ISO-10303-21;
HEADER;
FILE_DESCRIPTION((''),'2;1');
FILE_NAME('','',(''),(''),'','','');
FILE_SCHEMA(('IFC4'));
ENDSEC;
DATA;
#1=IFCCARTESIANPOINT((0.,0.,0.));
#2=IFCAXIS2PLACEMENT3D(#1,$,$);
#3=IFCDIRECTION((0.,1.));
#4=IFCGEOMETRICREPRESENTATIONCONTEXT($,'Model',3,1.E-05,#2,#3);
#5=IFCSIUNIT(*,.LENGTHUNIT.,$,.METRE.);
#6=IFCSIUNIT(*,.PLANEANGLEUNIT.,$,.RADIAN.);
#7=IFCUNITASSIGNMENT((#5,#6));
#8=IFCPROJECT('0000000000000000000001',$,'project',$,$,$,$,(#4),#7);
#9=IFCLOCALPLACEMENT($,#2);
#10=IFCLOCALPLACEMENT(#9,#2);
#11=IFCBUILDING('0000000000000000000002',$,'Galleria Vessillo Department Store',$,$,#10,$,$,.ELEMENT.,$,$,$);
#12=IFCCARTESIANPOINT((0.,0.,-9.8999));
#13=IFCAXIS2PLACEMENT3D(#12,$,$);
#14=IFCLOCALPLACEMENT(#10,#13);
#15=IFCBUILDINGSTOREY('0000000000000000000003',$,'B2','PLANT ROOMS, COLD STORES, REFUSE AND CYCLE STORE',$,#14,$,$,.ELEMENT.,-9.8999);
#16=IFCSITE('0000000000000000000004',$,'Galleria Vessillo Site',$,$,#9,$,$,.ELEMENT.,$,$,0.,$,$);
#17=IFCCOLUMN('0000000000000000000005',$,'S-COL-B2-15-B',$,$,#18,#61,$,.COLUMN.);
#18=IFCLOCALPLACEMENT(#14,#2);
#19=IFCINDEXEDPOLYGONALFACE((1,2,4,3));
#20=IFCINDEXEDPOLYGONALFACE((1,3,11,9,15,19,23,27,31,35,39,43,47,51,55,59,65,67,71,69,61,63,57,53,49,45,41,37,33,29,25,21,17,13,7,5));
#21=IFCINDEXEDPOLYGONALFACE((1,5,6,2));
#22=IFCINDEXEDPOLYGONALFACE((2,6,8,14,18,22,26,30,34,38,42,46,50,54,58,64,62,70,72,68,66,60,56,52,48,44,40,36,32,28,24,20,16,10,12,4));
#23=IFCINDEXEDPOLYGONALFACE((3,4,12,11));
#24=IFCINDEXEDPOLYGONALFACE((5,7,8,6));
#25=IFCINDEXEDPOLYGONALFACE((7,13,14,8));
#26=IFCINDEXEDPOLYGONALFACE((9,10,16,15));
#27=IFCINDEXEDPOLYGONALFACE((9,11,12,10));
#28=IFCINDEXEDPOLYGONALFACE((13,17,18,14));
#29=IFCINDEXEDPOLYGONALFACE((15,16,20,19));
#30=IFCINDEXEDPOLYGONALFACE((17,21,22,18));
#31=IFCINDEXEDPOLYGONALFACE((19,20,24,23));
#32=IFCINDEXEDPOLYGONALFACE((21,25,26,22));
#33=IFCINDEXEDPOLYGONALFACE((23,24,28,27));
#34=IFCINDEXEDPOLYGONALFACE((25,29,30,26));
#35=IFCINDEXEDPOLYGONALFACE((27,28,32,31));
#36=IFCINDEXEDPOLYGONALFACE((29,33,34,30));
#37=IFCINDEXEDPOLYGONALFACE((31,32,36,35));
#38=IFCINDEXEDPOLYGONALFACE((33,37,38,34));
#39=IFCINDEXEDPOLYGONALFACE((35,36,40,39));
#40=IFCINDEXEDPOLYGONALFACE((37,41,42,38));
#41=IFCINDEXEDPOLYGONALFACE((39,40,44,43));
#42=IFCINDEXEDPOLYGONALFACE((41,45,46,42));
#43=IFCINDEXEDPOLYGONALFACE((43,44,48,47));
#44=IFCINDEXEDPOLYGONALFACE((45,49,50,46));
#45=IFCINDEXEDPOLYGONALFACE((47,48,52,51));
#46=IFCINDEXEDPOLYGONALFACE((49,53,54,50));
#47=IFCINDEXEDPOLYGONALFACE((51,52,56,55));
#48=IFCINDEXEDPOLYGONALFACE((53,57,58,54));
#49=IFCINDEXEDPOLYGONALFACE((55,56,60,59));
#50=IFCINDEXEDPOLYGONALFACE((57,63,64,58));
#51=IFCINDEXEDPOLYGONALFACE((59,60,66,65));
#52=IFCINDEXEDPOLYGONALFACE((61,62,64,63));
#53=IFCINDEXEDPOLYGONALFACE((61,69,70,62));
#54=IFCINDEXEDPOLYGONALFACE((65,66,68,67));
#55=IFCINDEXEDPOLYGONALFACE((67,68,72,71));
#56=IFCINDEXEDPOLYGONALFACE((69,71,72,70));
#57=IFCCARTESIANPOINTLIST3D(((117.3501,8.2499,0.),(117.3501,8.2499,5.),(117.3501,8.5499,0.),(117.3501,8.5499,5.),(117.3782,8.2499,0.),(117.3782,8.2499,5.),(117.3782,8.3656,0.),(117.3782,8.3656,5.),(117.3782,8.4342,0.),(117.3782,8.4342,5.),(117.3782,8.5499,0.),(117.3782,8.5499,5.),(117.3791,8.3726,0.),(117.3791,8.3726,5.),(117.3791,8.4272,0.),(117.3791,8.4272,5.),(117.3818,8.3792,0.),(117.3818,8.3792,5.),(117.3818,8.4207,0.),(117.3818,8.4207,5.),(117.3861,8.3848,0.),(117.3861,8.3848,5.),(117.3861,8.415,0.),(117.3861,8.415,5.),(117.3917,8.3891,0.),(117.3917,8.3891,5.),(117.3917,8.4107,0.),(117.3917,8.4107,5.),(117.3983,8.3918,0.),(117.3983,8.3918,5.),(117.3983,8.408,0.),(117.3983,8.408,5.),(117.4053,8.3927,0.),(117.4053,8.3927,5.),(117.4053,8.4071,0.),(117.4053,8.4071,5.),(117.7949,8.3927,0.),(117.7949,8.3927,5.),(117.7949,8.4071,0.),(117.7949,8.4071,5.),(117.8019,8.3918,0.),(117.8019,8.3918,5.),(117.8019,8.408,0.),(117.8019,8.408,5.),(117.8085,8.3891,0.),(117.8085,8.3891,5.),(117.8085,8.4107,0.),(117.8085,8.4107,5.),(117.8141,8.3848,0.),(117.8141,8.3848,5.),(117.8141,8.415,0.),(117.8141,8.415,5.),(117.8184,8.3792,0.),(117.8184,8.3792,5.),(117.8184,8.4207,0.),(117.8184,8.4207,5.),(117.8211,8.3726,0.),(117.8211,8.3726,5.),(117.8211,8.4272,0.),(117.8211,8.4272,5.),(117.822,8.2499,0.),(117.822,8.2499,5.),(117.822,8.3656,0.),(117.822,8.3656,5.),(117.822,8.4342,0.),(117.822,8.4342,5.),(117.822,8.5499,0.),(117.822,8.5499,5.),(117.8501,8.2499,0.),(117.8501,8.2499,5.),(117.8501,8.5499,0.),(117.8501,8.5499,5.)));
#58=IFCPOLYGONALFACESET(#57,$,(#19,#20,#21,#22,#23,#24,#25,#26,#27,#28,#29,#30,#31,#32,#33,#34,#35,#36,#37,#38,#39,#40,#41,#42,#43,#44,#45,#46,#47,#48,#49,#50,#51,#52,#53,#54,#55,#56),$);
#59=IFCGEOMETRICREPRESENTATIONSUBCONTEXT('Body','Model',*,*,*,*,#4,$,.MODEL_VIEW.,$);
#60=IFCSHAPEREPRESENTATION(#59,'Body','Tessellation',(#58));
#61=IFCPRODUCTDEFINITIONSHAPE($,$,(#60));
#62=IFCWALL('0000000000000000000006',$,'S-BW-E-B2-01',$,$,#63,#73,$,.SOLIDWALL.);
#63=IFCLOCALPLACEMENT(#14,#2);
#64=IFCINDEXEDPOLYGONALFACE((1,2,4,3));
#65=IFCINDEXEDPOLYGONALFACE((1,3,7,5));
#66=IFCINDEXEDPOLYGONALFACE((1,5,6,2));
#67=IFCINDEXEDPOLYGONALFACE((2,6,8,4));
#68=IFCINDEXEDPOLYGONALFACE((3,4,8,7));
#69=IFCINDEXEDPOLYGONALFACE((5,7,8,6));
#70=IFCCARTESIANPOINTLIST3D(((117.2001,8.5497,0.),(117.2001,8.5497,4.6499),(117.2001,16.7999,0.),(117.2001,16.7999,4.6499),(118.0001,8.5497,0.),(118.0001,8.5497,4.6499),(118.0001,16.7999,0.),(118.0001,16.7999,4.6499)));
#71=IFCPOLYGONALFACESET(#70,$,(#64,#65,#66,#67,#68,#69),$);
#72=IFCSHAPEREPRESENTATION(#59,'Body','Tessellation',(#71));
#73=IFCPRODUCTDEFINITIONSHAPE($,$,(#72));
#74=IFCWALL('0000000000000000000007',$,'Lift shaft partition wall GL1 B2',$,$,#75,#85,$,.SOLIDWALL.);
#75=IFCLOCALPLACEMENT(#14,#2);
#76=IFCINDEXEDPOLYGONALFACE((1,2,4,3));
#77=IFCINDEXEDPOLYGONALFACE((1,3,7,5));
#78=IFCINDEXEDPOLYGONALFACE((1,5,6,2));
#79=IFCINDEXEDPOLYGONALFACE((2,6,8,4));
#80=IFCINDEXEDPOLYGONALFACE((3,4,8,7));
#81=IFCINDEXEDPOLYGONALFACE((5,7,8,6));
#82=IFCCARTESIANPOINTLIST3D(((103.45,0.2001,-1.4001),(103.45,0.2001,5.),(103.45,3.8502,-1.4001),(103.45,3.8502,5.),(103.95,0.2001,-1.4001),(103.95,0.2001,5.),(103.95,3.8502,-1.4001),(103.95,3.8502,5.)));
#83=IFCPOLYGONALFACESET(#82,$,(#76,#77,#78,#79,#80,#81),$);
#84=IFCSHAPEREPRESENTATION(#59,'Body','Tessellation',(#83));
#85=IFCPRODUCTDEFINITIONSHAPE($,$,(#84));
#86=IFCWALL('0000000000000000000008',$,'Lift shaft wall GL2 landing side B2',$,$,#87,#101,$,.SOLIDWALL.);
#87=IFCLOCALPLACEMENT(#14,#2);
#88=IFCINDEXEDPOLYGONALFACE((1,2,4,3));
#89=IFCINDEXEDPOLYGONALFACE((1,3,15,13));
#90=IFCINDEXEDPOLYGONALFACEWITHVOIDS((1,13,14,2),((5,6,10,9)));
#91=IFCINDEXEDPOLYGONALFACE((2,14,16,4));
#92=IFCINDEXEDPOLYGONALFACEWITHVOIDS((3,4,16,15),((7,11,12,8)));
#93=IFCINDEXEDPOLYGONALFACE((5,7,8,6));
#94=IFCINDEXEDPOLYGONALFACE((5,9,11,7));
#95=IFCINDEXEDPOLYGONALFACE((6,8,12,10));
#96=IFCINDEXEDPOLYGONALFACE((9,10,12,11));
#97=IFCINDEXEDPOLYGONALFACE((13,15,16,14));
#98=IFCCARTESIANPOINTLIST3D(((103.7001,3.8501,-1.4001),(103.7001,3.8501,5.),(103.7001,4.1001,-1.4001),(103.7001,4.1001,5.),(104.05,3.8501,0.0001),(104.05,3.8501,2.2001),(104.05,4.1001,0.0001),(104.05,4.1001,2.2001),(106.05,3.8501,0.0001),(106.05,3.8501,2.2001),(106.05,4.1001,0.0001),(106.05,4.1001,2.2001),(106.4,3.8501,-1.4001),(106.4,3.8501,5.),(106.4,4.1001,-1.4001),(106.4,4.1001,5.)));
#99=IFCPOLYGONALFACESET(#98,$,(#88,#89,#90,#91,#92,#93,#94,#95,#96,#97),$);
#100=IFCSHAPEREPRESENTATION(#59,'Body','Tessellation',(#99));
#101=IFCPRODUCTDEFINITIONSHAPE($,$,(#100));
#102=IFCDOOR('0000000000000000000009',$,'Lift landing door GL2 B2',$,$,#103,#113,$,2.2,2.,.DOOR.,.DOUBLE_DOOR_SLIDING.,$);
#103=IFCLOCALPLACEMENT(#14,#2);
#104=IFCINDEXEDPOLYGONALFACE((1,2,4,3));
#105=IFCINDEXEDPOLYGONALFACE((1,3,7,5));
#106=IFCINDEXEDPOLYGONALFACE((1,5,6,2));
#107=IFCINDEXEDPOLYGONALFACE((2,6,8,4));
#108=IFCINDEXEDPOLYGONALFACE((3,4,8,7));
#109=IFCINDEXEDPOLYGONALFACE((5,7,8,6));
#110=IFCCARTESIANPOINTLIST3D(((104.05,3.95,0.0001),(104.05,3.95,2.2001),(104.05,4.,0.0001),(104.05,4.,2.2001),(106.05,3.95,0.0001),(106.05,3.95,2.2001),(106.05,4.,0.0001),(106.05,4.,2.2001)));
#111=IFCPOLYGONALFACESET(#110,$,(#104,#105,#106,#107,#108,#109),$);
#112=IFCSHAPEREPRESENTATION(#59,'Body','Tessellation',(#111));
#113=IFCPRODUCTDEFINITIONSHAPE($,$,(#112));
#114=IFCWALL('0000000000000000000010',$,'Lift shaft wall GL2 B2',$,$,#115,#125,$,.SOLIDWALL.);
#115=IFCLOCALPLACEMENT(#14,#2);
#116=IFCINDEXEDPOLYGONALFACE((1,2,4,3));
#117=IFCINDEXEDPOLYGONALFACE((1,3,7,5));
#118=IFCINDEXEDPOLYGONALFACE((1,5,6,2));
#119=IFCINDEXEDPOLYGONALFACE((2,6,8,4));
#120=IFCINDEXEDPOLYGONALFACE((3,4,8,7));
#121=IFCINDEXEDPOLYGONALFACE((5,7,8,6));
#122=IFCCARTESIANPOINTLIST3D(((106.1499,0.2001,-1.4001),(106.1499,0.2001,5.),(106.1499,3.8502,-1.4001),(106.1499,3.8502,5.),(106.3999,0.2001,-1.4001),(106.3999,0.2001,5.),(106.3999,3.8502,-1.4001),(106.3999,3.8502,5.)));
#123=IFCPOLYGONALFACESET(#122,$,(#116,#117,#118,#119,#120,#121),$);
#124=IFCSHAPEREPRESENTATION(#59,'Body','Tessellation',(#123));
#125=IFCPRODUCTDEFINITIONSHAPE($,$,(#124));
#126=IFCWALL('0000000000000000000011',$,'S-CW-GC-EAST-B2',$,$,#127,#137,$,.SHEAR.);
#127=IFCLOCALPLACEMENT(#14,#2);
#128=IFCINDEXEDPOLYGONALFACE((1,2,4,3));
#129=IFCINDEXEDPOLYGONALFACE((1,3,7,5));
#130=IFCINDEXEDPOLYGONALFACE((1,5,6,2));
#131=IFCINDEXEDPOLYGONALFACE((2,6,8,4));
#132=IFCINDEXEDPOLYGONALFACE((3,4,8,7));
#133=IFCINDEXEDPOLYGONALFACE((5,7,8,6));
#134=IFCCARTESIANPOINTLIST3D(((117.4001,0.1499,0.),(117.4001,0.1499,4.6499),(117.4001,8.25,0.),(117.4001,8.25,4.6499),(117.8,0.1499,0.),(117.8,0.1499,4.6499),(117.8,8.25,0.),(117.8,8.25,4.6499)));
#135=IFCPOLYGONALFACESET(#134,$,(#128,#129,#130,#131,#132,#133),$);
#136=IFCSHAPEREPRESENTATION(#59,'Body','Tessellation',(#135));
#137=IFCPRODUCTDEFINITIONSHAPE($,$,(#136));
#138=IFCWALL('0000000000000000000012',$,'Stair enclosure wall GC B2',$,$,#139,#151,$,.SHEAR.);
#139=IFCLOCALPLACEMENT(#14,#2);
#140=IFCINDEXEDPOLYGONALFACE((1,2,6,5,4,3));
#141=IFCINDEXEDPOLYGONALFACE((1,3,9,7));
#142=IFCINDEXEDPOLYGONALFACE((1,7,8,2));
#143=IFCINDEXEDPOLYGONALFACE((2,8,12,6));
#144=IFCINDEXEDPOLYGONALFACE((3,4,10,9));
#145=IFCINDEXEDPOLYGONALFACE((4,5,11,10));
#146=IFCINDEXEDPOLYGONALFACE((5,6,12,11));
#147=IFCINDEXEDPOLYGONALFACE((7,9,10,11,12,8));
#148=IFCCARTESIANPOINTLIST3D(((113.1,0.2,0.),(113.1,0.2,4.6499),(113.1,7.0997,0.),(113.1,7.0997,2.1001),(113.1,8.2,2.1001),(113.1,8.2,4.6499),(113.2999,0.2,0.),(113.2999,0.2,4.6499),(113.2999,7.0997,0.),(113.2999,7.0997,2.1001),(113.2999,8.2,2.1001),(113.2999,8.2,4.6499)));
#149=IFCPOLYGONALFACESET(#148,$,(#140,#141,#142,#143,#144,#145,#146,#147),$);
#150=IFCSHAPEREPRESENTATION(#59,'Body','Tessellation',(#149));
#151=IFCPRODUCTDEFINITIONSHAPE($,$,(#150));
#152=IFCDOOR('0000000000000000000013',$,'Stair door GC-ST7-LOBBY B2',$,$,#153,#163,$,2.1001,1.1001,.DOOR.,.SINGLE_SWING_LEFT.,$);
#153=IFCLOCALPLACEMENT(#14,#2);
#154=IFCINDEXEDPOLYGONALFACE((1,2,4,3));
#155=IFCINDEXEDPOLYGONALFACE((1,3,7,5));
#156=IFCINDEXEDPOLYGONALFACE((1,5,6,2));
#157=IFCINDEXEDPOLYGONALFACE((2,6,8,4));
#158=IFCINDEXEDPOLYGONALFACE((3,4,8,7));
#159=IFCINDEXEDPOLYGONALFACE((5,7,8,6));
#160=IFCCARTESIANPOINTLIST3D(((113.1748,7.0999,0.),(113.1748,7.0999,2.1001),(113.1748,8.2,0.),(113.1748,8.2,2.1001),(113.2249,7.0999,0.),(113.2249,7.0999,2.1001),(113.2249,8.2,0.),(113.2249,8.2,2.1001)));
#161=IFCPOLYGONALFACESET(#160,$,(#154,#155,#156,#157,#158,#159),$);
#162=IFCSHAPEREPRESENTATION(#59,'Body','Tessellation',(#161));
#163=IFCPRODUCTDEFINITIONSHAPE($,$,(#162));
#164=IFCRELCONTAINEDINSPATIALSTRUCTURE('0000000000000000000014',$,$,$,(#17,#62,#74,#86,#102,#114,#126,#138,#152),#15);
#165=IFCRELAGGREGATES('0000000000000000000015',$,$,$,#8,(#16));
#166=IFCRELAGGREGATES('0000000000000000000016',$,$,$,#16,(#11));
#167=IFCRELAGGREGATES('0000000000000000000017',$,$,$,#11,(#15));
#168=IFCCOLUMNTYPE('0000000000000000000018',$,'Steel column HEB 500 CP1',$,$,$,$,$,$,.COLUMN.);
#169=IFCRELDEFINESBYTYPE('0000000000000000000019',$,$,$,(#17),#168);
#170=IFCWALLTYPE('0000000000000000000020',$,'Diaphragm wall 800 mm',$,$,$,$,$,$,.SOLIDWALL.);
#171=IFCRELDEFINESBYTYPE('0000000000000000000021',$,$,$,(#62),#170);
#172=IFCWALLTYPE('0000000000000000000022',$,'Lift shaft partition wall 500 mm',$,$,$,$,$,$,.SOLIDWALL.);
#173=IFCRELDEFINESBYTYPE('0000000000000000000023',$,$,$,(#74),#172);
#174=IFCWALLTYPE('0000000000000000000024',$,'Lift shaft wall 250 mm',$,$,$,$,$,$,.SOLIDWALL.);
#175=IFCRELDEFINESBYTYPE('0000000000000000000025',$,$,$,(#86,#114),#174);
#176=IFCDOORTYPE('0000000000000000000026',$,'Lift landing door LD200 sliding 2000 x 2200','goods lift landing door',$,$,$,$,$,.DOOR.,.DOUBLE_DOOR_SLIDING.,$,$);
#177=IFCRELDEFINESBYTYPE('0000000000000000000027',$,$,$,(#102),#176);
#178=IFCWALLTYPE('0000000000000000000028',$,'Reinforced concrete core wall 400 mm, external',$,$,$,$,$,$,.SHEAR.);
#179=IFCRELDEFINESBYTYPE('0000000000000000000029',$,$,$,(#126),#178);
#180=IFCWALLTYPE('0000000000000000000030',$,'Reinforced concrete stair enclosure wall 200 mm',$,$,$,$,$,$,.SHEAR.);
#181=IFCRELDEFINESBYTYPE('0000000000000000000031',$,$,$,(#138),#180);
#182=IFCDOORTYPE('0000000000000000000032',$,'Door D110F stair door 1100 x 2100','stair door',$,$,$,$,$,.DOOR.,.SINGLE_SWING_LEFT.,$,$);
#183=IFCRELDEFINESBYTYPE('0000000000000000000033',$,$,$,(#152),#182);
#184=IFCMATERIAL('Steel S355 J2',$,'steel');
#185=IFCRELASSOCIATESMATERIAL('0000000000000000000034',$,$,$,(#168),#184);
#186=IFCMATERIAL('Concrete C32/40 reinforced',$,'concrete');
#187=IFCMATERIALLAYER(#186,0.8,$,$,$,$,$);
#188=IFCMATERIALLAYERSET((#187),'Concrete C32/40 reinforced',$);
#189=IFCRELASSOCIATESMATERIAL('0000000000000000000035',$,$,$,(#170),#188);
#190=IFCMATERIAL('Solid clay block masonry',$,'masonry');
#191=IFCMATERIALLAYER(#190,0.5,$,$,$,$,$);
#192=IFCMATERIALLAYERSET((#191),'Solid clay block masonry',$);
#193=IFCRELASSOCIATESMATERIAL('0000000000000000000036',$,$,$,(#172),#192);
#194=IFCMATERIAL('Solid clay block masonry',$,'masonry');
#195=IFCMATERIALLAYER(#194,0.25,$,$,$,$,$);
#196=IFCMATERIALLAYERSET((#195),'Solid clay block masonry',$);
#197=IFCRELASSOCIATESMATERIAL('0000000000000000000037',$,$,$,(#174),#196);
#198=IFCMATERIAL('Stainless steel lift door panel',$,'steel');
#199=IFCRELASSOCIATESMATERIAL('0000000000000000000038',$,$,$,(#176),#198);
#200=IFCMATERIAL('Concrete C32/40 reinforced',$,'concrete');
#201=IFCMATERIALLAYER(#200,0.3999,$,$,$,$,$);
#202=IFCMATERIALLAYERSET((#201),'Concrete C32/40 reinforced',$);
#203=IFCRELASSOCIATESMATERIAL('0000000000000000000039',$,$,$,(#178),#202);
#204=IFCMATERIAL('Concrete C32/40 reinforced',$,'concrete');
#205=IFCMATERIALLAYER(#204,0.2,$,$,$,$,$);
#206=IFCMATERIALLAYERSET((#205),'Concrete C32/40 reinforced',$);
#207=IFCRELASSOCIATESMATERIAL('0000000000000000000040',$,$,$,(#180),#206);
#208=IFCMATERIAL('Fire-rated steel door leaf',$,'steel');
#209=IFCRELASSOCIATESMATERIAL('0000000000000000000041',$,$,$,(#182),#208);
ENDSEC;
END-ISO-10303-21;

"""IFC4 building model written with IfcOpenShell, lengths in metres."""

from ifc_helpers import new_model, si_unit, direction, frame, frame_2d, origin, origin_2d, place, context, subcontext, project, spatial, rectangle, i_section, extrude, material, layer, layer_set, material_profile, profile_set, type_object, element, fill, save


model = new_model("IFC4")

# Units and contexts
model_context = context("Model", 3, precision=1e-05, world=origin(), true_north=direction((0.0, 1.0)))
body_context = subcontext(model_context, "Body", "Model", "MODEL_VIEW")
ifc_project = project(units=[si_unit("LENGTHUNIT", "METRE"), si_unit("PLANEANGLEUNIT", "RADIAN")], contexts=[model_context])

# Site, building, storey
site_placement = place(None, origin())
site = spatial("IfcSite", under=ifc_project, at=site_placement, Name="Galleria Vessillo Site", CompositionType="ELEMENT", RefElevation=0.0)
building_placement = place(site_placement, origin())
building = spatial("IfcBuilding", under=site, at=building_placement, Name="Galleria Vessillo Department Store", CompositionType="ELEMENT")
storey_placement = place(building_placement, frame((0.0, 0.0, -9.8999)))
storey = spatial("IfcBuildingStorey", under=building, at=storey_placement, Name="B2", Description="PLANT ROOMS, COLD STORES, REFUSE AND CYCLE STORE", CompositionType="ELEMENT", Elevation=-9.8999)

# Column
ifc_material_1 = material(Name="Steel S355 J2", Category="steel")
ifc_material_profile_1 = material_profile(ifc_material_1, i_section(OverallWidth=0.3, OverallDepth=0.5, WebThickness=0.0144, FlangeThickness=0.0281, FilletRadius=0.0271, at=origin_2d()), Name="HEB 500")
ifc_profile_set_1 = profile_set([ifc_material_profile_1], Name="Steel S355 J2")
column_type = type_object("IfcColumnType", Name="Steel column HEB 500 CP1", PredefinedType="COLUMN", material=ifc_profile_set_1)
for number, where, z_axis, x_axis, name in (
    (1, (117.6001, 8.3999, 0.0), (0.0, 0.0, 1.0), (0.0, 1.0, 0.0), "S-COL-B2-15-B"),
):
    element("IfcColumn", number, at=place(storey_placement, frame(where, z_axis=z_axis, x_axis=x_axis)), inside=storey, type_object=column_type, Name=name, PredefinedType="COLUMN", context=body_context, shape_type="SweptSolid", body=[
        extrude(i_section(OverallWidth=0.3, OverallDepth=0.5, WebThickness=0.0144, FlangeThickness=0.0281, FilletRadius=0.0271, at=origin_2d()), origin(), (0.0, 0.0, 1.0), 5.0),
    ])

# Walls
ifc_material_2 = material(Name="Concrete C32/40 reinforced", Category="concrete")
ifc_layer_1 = layer(ifc_material_2, 0.8)
ifc_layer_set_1 = layer_set([ifc_layer_1], Name="Concrete C32/40 reinforced")
wall_type_1 = type_object("IfcWallType", Name="Diaphragm wall 800 mm", PredefinedType="SOLIDWALL", material=ifc_layer_set_1)
wall_1_placement = place(storey_placement, frame((117.6001, 8.5498, 0.0), z_axis=(0.0, 0.0, 1.0), x_axis=(0.0, 1.0, 0.0)))
element("IfcWall", 2, at=wall_1_placement, inside=storey, type_object=wall_type_1, Name="S-BW-E-B2-01", PredefinedType="SOLIDWALL", context=body_context, shape_type="SweptSolid", body=[
    extrude(rectangle(XDim=8.2502, YDim=0.8, at=frame_2d((4.125, 0.0))), origin(), (0.0, 0.0, 1.0), 4.6499),
])
ifc_material_3 = material(Name="Solid clay block masonry", Category="masonry")
ifc_layer_2 = layer(ifc_material_3, 0.5)
ifc_layer_set_2 = layer_set([ifc_layer_2], Name="Solid clay block masonry")
wall_type_2 = type_object("IfcWallType", Name="Lift shaft partition wall 500 mm", PredefinedType="SOLIDWALL", material=ifc_layer_set_2)
wall_2_placement = place(storey_placement, frame((103.7, 0.2, -1.4001), z_axis=(0.0, 0.0, 1.0), x_axis=(0.0, 1.0, 0.0)))
element("IfcWall", 3, at=wall_2_placement, inside=storey, type_object=wall_type_2, Name="Lift shaft partition wall GL1 B2", PredefinedType="SOLIDWALL", context=body_context, shape_type="SweptSolid", body=[
    extrude(rectangle(XDim=3.6501, YDim=0.5, at=frame_2d((1.8252, 0.0))), origin(), (0.0, 0.0, 1.0), 6.4001),
])

# Wall, opening, door
ifc_material_4 = material(Name="Solid clay block masonry", Category="masonry")
ifc_layer_3 = layer(ifc_material_4, 0.25)
ifc_layer_set_3 = layer_set([ifc_layer_3], Name="Solid clay block masonry")
wall_type_3 = type_object("IfcWallType", Name="Lift shaft wall 250 mm", PredefinedType="SOLIDWALL", material=ifc_layer_set_3)
wall_3_placement = place(storey_placement, frame((103.7, 3.9751, -1.4001), z_axis=(0.0, 0.0, 1.0), x_axis=(1.0, 0.0, 0.0)))
wall_3 = element("IfcWall", 4, at=wall_3_placement, inside=storey, type_object=wall_type_3, Name="Lift shaft wall GL2 landing side B2", PredefinedType="SOLIDWALL", context=body_context, shape_type="SweptSolid", body=[
    extrude(rectangle(XDim=2.7, YDim=0.25, at=frame_2d((1.3501, 0.0))), origin(), (0.0, 0.0, 1.0), 6.4001),
])
opening_1_placement = place(wall_3_placement, frame((0.3501, 0.0, 1.4001)))
opening_1 = element("IfcOpeningElement", 5, at=opening_1_placement, cuts=wall_3, PredefinedType="OPENING", context=body_context, shape_type="SweptSolid", body=[
    extrude(rectangle(XDim=2.0, YDim=2.2, at=frame_2d((1.0, 1.1001))), frame((0.0, 0.135, 0.0), z_axis=(0.0, -1.0, 0.0), x_axis=(1.0, 0.0, 0.0)), (0.0, 0.0, 1.0), 0.27),
])
ifc_material_5 = material(Name="Stainless steel lift door panel", Category="steel")
door_type_1 = type_object("IfcDoorType", Name="Lift landing door LD200 sliding 2000 x 2200", Description="goods lift landing door", OperationType="DOUBLE_DOOR_SLIDING", PredefinedType="DOOR", material=ifc_material_5)
door_1_placement = place(opening_1_placement, origin())
door_1 = element("IfcDoor", 6, at=door_1_placement, inside=storey, type_object=door_type_1, Name="Lift landing door GL2 B2", OperationType="DOUBLE_DOOR_SLIDING", OverallHeight=2.2, OverallWidth=2.0, PredefinedType="DOOR", context=body_context, shape_type="SweptSolid", body=[
    extrude(rectangle(XDim=2.0, YDim=2.2, at=frame_2d((1.0, 1.1001))), frame((0.0, 0.0249, 0.0), z_axis=(0.0, -1.0, 0.0), x_axis=(1.0, 0.0, 0.0)), (0.0, 0.0, 1.0), 0.05),
])
fill(opening_1, door_1)

# Walls
wall_4_placement = place(storey_placement, frame((106.2749, 0.2, -1.4001), z_axis=(0.0, 0.0, 1.0), x_axis=(0.0, 1.0, 0.0)))
element("IfcWall", 7, at=wall_4_placement, inside=storey, type_object=wall_type_3, Name="Lift shaft wall GL2 B2", PredefinedType="SOLIDWALL", context=body_context, shape_type="SweptSolid", body=[
    extrude(rectangle(XDim=3.6501, YDim=0.25, at=frame_2d((1.8252, 0.0))), origin(), (0.0, 0.0, 1.0), 6.4001),
])
ifc_material_6 = material(Name="Concrete C32/40 reinforced", Category="concrete")
ifc_layer_4 = layer(ifc_material_6, 0.3999)
ifc_layer_set_4 = layer_set([ifc_layer_4], Name="Concrete C32/40 reinforced")
wall_type_4 = type_object("IfcWallType", Name="Reinforced concrete core wall 400 mm, external", PredefinedType="SHEAR", material=ifc_layer_set_4)
wall_5_placement = place(storey_placement, frame((117.6001, 0.1499, 0.0), z_axis=(0.0, 0.0, 1.0), x_axis=(0.0, 1.0, 0.0)))
element("IfcWall", 8, at=wall_5_placement, inside=storey, type_object=wall_type_4, Name="S-CW-GC-EAST-B2", PredefinedType="SHEAR", context=body_context, shape_type="SweptSolid", body=[
    extrude(rectangle(XDim=8.1001, YDim=0.3999, at=frame_2d((4.05, 0.0))), origin(), (0.0, 0.0, 1.0), 4.6499),
])

# Wall, opening, door
ifc_material_7 = material(Name="Concrete C32/40 reinforced", Category="concrete")
ifc_layer_5 = layer(ifc_material_7, 0.2)
ifc_layer_set_5 = layer_set([ifc_layer_5], Name="Concrete C32/40 reinforced")
wall_type_5 = type_object("IfcWallType", Name="Reinforced concrete stair enclosure wall 200 mm", PredefinedType="SHEAR", material=ifc_layer_set_5)
wall_6_placement = place(storey_placement, frame((113.2, 0.2, 0.0), z_axis=(0.0, 0.0, 1.0), x_axis=(0.0, 1.0, 0.0)))
wall_6 = element("IfcWall", 9, at=wall_6_placement, inside=storey, type_object=wall_type_5, Name="Stair enclosure wall GC B2", PredefinedType="SHEAR", context=body_context, shape_type="SweptSolid", body=[
    extrude(rectangle(XDim=8.0, YDim=0.2, at=frame_2d((4.0, 0.0))), origin(), (0.0, 0.0, 1.0), 4.6499),
])
opening_2_placement = place(wall_6_placement, frame((6.8999, 0.0, 0.0)))
opening_2 = element("IfcOpeningElement", 10, at=opening_2_placement, cuts=wall_6, PredefinedType="OPENING", context=body_context, shape_type="SweptSolid", body=[
    extrude(rectangle(XDim=1.1101, YDim=2.1001, at=frame_2d((0.5549, 1.05))), frame((0.0, 0.1099, 0.0), z_axis=(0.0, -1.0, 0.0), x_axis=(1.0, 0.0, 0.0)), (0.0, 0.0, 1.0), 0.22),
])
ifc_material_8 = material(Name="Fire-rated steel door leaf", Category="steel")
door_type_2 = type_object("IfcDoorType", Name="Door D110F stair door 1100 x 2100", Description="stair door", OperationType="SINGLE_SWING_LEFT", PredefinedType="DOOR", material=ifc_material_8)
door_2_placement = place(opening_2_placement, frame((1.1001, 0.0, 0.0), z_axis=(0.0, 0.0, 1.0), x_axis=(-1.0, 0.0, 0.0)))
door_2 = element("IfcDoor", 11, at=door_2_placement, inside=storey, type_object=door_type_2, Name="Stair door GC-ST7-LOBBY B2", OperationType="SINGLE_SWING_LEFT", OverallHeight=2.1001, OverallWidth=1.1001, PredefinedType="DOOR", context=body_context, shape_type="SweptSolid", body=[
    extrude(rectangle(XDim=1.1001, YDim=2.1001, at=frame_2d((0.55, 1.05))), frame((0.0, 0.0249, 0.0), z_axis=(0.0, -1.0, 0.0), x_axis=(1.0, 0.0, 0.0)), (0.0, 0.0, 1.0), 0.05),
])
fill(opening_2, door_2)

save(model, "model.ifc")
